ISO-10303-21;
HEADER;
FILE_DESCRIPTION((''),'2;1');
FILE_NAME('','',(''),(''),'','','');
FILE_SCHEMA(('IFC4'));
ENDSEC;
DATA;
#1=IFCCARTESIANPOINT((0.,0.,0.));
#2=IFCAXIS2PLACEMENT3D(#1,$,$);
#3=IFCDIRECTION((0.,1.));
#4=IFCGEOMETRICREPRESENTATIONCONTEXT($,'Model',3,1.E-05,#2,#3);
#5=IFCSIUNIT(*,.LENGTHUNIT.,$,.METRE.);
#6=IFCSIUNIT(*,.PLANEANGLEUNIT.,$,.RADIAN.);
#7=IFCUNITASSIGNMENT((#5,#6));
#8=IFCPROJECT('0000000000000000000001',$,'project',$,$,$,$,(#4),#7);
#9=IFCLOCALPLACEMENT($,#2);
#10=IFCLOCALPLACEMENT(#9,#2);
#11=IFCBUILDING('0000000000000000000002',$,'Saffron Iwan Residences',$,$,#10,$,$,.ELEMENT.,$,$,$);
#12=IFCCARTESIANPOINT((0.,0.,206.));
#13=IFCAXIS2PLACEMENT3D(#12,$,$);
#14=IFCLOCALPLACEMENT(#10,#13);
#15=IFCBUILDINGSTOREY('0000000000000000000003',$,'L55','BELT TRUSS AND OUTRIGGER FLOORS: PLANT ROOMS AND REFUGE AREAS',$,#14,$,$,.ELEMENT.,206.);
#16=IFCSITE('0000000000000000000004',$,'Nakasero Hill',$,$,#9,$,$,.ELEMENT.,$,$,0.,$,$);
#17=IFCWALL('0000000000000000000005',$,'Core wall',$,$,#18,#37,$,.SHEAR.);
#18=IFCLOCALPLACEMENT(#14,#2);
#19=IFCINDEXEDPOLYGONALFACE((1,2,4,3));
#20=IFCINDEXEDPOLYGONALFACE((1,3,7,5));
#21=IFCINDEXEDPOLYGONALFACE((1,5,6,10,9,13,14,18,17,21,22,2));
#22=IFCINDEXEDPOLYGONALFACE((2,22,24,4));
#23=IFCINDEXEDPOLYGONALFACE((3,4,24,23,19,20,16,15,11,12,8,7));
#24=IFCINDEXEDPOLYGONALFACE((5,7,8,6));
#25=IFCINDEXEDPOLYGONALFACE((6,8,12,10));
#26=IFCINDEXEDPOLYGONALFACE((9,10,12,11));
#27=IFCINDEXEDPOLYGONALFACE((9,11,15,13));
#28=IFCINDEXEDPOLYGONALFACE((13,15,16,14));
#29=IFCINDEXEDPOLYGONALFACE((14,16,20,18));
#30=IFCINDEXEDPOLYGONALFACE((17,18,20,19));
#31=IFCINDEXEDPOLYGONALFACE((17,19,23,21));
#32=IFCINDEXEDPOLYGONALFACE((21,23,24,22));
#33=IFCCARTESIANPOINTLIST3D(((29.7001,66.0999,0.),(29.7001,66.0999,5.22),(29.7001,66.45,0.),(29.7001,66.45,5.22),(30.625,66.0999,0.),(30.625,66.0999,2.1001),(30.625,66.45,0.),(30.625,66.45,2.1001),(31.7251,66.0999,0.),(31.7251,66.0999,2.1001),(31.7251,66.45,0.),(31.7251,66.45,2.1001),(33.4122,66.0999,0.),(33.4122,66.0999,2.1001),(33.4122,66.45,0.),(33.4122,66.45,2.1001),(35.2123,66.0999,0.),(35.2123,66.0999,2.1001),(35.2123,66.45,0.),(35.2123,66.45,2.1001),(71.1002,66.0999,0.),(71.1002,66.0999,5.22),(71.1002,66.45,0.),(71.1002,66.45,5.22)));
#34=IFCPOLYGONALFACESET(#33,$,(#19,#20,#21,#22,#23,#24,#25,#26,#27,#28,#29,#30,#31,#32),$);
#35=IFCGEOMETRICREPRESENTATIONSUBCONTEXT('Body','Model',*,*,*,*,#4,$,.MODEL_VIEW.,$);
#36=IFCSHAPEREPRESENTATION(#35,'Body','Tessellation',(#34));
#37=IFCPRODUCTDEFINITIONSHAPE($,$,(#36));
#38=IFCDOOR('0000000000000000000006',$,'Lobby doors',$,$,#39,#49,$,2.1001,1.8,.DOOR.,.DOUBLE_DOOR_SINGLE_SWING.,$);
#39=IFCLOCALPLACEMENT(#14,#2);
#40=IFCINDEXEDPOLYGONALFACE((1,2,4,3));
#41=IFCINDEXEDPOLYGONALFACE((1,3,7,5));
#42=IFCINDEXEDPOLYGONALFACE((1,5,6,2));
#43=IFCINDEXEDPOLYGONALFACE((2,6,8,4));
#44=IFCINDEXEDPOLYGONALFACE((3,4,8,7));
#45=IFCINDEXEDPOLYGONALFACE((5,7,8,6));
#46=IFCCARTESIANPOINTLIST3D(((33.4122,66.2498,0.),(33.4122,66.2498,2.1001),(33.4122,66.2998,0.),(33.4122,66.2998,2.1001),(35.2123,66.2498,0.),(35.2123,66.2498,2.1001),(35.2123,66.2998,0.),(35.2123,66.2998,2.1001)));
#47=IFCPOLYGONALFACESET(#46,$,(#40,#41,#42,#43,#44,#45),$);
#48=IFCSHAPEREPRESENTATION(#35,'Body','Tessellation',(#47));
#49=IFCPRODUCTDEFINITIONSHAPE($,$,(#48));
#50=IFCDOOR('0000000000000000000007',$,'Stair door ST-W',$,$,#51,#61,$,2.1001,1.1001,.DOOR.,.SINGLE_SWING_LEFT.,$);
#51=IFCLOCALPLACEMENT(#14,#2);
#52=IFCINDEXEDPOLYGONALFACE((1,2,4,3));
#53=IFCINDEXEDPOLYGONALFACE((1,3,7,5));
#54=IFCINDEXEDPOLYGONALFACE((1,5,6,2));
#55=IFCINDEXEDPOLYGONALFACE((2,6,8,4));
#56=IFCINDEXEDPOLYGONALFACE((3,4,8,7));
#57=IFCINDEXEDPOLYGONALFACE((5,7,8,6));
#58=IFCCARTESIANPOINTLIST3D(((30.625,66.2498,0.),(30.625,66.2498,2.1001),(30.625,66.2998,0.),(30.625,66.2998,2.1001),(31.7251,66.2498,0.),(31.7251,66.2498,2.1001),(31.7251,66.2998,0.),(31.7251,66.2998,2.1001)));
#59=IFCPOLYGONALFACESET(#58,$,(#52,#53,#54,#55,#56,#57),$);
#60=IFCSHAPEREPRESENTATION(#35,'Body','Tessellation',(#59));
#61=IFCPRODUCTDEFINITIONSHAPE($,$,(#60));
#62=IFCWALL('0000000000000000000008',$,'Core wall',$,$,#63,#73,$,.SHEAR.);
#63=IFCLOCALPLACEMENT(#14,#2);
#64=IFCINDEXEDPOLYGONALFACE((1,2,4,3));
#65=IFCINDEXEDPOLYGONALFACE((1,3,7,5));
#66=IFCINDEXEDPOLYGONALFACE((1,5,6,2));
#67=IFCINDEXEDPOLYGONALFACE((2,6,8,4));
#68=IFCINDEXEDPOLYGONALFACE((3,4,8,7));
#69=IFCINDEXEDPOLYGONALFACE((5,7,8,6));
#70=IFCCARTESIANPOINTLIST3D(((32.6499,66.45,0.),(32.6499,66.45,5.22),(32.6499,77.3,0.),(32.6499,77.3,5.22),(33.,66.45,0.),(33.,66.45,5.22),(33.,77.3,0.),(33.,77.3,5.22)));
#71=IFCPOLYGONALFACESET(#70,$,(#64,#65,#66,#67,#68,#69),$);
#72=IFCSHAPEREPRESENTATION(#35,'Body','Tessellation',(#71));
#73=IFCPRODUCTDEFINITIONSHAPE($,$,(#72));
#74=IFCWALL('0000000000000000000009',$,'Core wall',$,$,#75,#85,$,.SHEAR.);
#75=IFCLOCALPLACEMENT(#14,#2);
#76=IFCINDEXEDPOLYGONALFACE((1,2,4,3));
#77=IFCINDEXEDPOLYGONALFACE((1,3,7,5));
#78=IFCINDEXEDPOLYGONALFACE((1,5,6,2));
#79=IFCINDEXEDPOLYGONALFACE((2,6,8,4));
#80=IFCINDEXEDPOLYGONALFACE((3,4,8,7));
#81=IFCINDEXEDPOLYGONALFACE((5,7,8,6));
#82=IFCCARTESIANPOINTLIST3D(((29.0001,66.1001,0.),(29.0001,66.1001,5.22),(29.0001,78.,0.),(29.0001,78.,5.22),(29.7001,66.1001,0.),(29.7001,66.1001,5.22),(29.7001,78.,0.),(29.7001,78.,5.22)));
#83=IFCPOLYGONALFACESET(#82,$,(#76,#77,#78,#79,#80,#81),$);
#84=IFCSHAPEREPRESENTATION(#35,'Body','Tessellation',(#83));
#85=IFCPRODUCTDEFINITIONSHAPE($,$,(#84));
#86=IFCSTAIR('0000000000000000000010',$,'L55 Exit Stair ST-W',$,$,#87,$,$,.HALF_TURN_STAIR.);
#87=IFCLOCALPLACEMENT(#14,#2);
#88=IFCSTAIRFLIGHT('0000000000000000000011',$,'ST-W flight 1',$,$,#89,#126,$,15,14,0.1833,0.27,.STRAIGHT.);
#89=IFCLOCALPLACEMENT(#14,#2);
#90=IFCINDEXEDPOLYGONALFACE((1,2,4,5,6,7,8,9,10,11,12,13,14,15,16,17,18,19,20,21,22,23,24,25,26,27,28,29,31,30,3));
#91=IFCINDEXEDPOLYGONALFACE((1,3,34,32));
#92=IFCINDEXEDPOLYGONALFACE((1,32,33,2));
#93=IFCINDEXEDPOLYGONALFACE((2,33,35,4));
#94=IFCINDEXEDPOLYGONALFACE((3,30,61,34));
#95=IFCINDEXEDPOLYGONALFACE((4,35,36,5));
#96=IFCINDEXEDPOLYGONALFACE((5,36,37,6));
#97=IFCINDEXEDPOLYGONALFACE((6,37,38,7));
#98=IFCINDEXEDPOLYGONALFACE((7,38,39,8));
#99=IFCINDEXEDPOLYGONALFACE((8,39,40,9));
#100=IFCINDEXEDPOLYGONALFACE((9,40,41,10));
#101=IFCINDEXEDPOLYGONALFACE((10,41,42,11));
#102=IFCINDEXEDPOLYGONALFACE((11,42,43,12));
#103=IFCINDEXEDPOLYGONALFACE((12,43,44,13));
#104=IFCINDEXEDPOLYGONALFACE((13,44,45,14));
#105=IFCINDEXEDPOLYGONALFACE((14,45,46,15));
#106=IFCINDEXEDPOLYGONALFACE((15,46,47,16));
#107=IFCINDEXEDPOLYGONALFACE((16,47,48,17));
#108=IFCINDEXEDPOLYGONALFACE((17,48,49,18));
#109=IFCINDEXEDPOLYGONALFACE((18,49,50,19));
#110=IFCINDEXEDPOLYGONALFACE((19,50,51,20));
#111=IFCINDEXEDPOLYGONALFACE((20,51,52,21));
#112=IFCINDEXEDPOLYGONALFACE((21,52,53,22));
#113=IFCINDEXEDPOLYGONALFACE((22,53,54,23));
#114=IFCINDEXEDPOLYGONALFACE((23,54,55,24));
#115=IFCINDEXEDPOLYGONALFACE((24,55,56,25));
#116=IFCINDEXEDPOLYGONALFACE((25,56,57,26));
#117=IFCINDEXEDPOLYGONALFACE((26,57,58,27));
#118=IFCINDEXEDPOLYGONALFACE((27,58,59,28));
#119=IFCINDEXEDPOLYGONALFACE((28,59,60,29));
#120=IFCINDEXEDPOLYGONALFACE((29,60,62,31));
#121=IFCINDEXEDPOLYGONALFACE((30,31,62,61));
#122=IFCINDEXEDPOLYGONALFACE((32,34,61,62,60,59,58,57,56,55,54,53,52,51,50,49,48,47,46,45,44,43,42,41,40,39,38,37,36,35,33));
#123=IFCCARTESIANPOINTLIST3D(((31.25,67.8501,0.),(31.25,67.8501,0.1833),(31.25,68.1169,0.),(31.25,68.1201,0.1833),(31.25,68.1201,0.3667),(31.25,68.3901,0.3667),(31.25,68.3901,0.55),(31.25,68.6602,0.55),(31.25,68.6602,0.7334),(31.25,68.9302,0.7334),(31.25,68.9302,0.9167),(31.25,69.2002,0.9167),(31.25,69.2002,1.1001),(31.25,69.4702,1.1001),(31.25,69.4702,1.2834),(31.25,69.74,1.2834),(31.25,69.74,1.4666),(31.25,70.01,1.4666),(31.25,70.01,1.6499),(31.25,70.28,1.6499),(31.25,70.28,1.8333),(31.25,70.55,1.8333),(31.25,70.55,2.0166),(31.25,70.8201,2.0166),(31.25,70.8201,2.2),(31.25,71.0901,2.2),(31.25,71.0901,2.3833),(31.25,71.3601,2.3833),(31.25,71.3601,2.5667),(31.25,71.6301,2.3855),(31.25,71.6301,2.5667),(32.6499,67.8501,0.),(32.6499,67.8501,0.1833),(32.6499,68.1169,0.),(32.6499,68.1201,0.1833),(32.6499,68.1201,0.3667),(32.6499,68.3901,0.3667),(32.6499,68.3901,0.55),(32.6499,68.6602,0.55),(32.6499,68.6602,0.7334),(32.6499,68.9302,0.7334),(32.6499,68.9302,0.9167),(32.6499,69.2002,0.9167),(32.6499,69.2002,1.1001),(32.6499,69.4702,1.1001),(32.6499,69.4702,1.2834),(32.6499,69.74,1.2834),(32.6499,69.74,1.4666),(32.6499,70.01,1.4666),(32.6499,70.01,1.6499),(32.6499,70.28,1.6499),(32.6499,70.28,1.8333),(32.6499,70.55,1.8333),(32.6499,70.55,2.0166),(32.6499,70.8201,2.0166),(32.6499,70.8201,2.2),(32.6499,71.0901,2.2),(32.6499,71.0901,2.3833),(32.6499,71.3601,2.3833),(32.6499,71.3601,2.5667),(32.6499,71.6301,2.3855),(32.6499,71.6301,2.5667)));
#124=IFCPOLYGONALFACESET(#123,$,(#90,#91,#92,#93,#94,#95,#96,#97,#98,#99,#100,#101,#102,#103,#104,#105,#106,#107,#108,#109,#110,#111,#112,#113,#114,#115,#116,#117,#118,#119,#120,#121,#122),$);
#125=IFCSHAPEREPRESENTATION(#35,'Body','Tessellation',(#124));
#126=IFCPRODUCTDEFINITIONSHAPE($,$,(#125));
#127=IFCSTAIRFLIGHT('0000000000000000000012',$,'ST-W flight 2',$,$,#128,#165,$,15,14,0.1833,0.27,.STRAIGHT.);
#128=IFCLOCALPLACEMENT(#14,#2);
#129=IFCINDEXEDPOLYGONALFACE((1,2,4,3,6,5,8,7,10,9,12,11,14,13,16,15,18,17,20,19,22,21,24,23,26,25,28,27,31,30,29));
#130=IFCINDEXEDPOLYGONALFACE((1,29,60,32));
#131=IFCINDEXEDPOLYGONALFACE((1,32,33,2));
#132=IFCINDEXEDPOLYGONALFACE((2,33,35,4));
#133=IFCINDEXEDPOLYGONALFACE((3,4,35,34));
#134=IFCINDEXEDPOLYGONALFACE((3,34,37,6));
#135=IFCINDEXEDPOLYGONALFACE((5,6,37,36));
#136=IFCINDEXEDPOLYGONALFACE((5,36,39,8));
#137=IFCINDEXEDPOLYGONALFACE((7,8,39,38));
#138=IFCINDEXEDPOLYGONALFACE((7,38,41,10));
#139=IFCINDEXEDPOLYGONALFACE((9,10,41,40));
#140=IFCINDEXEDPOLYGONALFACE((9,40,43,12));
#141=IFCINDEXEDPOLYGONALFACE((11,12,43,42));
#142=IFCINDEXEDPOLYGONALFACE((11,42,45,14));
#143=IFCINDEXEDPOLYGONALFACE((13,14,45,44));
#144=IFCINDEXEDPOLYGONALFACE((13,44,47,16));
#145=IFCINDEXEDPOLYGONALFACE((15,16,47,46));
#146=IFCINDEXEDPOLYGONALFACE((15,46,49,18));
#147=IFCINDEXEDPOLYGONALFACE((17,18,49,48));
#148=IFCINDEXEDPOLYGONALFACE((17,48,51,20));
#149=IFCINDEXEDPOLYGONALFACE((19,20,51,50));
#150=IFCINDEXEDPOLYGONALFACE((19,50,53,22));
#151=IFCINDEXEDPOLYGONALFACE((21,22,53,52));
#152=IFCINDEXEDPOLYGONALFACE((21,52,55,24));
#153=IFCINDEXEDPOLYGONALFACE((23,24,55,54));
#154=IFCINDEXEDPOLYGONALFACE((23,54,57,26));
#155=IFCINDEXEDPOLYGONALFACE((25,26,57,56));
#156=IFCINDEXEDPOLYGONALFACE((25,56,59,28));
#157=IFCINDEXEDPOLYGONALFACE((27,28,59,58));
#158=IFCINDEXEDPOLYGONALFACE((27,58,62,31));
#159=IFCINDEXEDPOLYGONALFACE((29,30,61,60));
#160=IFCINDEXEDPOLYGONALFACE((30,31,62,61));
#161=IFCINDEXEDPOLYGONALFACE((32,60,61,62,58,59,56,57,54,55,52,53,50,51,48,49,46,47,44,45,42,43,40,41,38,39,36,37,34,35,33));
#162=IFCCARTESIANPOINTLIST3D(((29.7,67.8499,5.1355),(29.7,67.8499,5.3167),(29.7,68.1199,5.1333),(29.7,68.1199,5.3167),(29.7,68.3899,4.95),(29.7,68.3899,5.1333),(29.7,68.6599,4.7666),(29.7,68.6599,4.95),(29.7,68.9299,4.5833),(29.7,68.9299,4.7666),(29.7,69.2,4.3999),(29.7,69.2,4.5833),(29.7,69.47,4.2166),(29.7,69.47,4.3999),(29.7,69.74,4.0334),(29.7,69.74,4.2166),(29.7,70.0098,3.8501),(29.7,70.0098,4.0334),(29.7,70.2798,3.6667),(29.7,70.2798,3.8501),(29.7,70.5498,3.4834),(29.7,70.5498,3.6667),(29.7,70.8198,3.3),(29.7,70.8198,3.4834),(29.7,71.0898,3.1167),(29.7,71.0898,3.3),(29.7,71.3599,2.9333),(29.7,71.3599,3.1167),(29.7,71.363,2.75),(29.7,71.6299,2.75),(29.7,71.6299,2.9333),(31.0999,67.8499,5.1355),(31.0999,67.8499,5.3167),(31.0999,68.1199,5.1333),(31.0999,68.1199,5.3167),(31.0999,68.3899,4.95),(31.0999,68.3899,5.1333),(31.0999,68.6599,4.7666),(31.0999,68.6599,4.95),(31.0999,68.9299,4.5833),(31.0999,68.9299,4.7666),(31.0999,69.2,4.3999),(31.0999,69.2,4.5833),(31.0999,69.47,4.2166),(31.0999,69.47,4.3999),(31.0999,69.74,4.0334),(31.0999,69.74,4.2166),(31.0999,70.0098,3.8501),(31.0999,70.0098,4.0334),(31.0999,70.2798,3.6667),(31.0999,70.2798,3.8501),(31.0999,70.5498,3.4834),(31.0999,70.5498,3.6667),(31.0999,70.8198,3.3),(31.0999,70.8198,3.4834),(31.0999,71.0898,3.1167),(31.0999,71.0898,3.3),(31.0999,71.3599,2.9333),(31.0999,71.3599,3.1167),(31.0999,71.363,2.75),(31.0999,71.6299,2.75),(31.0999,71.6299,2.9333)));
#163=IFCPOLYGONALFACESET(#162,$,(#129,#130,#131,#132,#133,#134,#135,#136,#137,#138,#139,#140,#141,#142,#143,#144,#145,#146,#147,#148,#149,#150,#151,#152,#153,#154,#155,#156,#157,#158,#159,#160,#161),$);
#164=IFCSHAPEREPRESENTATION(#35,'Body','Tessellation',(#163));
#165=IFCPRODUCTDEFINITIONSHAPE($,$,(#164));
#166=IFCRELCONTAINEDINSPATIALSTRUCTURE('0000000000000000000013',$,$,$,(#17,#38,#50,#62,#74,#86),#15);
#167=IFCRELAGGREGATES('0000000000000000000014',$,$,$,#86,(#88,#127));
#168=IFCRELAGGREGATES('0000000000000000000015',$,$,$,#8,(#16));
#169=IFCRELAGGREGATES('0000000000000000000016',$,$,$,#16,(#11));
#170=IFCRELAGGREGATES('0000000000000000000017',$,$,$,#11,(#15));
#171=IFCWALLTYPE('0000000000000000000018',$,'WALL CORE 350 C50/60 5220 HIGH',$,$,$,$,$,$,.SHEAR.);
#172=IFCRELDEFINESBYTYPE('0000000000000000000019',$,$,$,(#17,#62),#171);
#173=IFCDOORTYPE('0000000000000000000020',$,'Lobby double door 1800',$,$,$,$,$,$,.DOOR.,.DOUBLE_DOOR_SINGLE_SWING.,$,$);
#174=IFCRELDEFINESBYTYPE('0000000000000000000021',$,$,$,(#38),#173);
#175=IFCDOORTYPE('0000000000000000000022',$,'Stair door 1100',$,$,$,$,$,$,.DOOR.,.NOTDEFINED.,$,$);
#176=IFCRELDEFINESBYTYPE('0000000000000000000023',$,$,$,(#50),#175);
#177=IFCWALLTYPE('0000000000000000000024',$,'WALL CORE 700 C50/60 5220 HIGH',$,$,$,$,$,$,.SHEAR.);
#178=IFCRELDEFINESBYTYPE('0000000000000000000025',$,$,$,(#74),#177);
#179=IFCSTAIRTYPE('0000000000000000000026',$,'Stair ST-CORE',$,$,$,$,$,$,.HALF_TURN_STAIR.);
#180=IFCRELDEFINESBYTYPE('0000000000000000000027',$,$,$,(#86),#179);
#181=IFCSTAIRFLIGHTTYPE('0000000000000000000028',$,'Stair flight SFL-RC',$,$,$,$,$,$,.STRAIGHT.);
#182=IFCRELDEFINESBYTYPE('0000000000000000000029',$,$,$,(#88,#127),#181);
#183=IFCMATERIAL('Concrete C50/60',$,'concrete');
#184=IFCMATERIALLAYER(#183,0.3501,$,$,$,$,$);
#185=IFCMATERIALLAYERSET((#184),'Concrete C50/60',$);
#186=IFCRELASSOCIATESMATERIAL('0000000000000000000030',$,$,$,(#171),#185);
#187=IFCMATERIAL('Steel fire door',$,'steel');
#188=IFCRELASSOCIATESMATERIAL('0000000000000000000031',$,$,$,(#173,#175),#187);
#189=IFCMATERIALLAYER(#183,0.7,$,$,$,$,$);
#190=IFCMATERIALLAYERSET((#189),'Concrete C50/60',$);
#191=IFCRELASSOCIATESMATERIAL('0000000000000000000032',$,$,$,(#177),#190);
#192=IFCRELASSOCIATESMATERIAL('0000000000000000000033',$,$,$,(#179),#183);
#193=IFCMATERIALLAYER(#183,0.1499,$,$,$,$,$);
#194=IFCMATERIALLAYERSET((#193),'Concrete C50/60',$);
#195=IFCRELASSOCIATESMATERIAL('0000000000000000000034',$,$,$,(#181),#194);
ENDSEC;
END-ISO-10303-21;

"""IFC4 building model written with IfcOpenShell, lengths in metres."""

from ifc_helpers import new_model, si_unit, direction, frame, frame_2d, origin, place, context, subcontext, project, spatial, polyline, rectangle, outline, extrude, material, layer, layer_set, type_object, element, fill, aggregate, save


model = new_model("IFC4")

# Units and contexts
model_context = context("Model", 3, precision=1e-05, world=origin(), true_north=direction((0.0, 1.0)))
body_context = subcontext(model_context, "Body", "Model", "MODEL_VIEW")
ifc_project = project(units=[si_unit("LENGTHUNIT", "METRE"), si_unit("PLANEANGLEUNIT", "RADIAN")], contexts=[model_context])

# Site, building, storey
site_placement = place(None, origin())
site = spatial("IfcSite", under=ifc_project, at=site_placement, Name="Nakasero Hill", CompositionType="ELEMENT", RefElevation=0.0)
building_placement = place(site_placement, origin())
building = spatial("IfcBuilding", under=site, at=building_placement, Name="Saffron Iwan Residences", CompositionType="ELEMENT")
storey_placement = place(building_placement, frame((0.0, 0.0, 206.0)))
storey = spatial("IfcBuildingStorey", under=building, at=storey_placement, Name="L55", Description="BELT TRUSS AND OUTRIGGER FLOORS: PLANT ROOMS AND REFUGE AREAS", CompositionType="ELEMENT", Elevation=206.0)

# Wall, openings, doors
ifc_material_1 = material(Name="Concrete C50/60", Category="concrete")
ifc_layer_1 = layer(ifc_material_1, 0.3501)
ifc_layer_set_1 = layer_set([ifc_layer_1], Name="Concrete C50/60")
wall_type_1 = type_object("IfcWallType", Name="WALL CORE 350 C50/60 5220 HIGH", PredefinedType="SHEAR", material=ifc_layer_set_1)
wall_1_placement = place(storey_placement, frame((29.7, 66.2749, 0.0), z_axis=(0.0, 0.0, 1.0), x_axis=(1.0, 0.0, 0.0)))
wall_1 = element("IfcWall", 1, at=wall_1_placement, inside=storey, type_object=wall_type_1, Name="Core wall", PredefinedType="SHEAR", context=body_context, shape_type="SweptSolid", body=[
    extrude(rectangle(XDim=41.4001, YDim=0.3501, at=frame_2d((20.7002, 0.0))), origin(), (0.0, 0.0, 1.0), 5.22),
])
opening_1_placement = place(wall_1_placement, frame((0.925, 0.0, 0.0)))
opening_1 = element("IfcOpeningElement", 2, at=opening_1_placement, cuts=wall_1, PredefinedType="OPENING", context=body_context, shape_type="SweptSolid", body=[
    extrude(rectangle(XDim=1.1001, YDim=2.1001, at=frame_2d((0.55, 1.05))), frame((0.0, 0.1851, 0.0), z_axis=(0.0, -1.0, 0.0), x_axis=(1.0, 0.0, 0.0)), (0.0, 0.0, 1.0), 0.3701),
])
opening_2_placement = place(wall_1_placement, frame((3.7124, 0.0, 0.0)))
opening_2 = element("IfcOpeningElement", 3, at=opening_2_placement, cuts=wall_1, PredefinedType="OPENING", context=body_context, shape_type="SweptSolid", body=[
    extrude(rectangle(XDim=1.8, YDim=2.1001, at=frame_2d((0.8999, 1.05))), frame((0.0, 0.1851, 0.0), z_axis=(0.0, -1.0, 0.0), x_axis=(1.0, 0.0, 0.0)), (0.0, 0.0, 1.0), 0.3701),
])
ifc_material_2 = material(Name="Steel fire door", Category="steel")
door_type_1 = type_object("IfcDoorType", Name="Lobby double door 1800", OperationType="DOUBLE_DOOR_SINGLE_SWING", PredefinedType="DOOR", material=ifc_material_2)
door_1_placement = place(opening_2_placement, origin())
door_1 = element("IfcDoor", 4, at=door_1_placement, inside=storey, type_object=door_type_1, Name="Lobby doors", OperationType="DOUBLE_DOOR_SINGLE_SWING", OverallHeight=2.1001, OverallWidth=1.8, PredefinedType="DOOR", context=body_context, shape_type="SweptSolid", body=[
    extrude(rectangle(XDim=1.8, YDim=2.1001, at=frame_2d((0.8999, 1.05))), frame((0.0, 0.0249, 0.0), z_axis=(0.0, -1.0, 0.0), x_axis=(1.0, 0.0, 0.0)), (0.0, 0.0, 1.0), 0.05),
])
fill(opening_2, door_1)
door_type_2 = type_object("IfcDoorType", Name="Stair door 1100", OperationType="NOTDEFINED", PredefinedType="DOOR", material=ifc_material_2)
door_2_placement = place(opening_1_placement, origin())
door_2 = element("IfcDoor", 5, at=door_2_placement, inside=storey, type_object=door_type_2, Name="Stair door ST-W", OperationType="SINGLE_SWING_LEFT", OverallHeight=2.1001, OverallWidth=1.1001, PredefinedType="DOOR", context=body_context, shape_type="SweptSolid", body=[
    extrude(rectangle(XDim=1.1001, YDim=2.1001, at=frame_2d((0.55, 1.05))), frame((0.0, 0.0249, 0.0), z_axis=(0.0, -1.0, 0.0), x_axis=(1.0, 0.0, 0.0)), (0.0, 0.0, 1.0), 0.05),
])
fill(opening_1, door_2)

# Walls
wall_2_placement = place(storey_placement, frame((32.825, 66.45, 0.0), z_axis=(0.0, 0.0, 1.0), x_axis=(0.0, 1.0, 0.0)))
element("IfcWall", 6, at=wall_2_placement, inside=storey, type_object=wall_type_1, Name="Core wall", PredefinedType="SHEAR", context=body_context, shape_type="SweptSolid", body=[
    extrude(rectangle(XDim=10.8501, YDim=0.3501, at=frame_2d((5.425, 0.0))), origin(), (0.0, 0.0, 1.0), 5.22),
])
ifc_layer_2 = layer(ifc_material_1, 0.7)
ifc_layer_set_2 = layer_set([ifc_layer_2], Name="Concrete C50/60")
wall_type_2 = type_object("IfcWallType", Name="WALL CORE 700 C50/60 5220 HIGH", PredefinedType="SHEAR", material=ifc_layer_set_2)
wall_3_placement = place(storey_placement, frame((29.3501, 66.1001, 0.0), z_axis=(0.0, 0.0, 1.0), x_axis=(0.0, 1.0, 0.0)))
element("IfcWall", 7, at=wall_3_placement, inside=storey, type_object=wall_type_2, Name="Core wall", PredefinedType="SHEAR", context=body_context, shape_type="SweptSolid", body=[
    extrude(rectangle(XDim=11.8999, YDim=0.7, at=frame_2d((5.95, 0.0))), origin(), (0.0, 0.0, 1.0), 5.22),
])

# Stair, stair flights
stair_type = type_object("IfcStairType", Name="Stair ST-CORE", PredefinedType="HALF_TURN_STAIR", material=ifc_material_1)
stair_placement = place(storey_placement, origin())
stair = element("IfcStair", 8, at=stair_placement, inside=storey, type_object=stair_type, Name="L55 Exit Stair ST-W", PredefinedType="HALF_TURN_STAIR")
ifc_layer_3 = layer(ifc_material_1, 0.1499)
ifc_layer_set_3 = layer_set([ifc_layer_3], Name="Concrete C50/60")
stair_flight_type = type_object("IfcStairFlightType", Name="Stair flight SFL-RC", PredefinedType="STRAIGHT", material=ifc_layer_set_3)
stair_flight_1_placement = place(storey_placement, frame((31.95, 67.8501, 0.0), z_axis=(0.0, 0.0, 1.0), x_axis=(0.0, 1.0, 0.0)))
stair_flight_1 = element("IfcStairFlight", 9, at=stair_flight_1_placement, type_object=stair_flight_type, Name="ST-W flight 1", NumberOfRisers=15, NumberOfTreads=14, PredefinedType="STRAIGHT", RiserHeight=0.1833, TreadLength=0.27, context=body_context, shape_type="SweptSolid", body=[
    extrude(outline(polyline([(0.0, 0.0), (0.0, 0.1833), (0.27, 0.1833), (0.27, 0.3667), (0.54, 0.3667), (0.54, 0.55), (0.8101, 0.55), (0.8101, 0.7334), (1.0801, 0.7334), (1.0801, 0.9167), (1.3501, 0.9167), (1.3501, 1.1001), (1.6201, 1.1001), (1.6201, 1.2834), (1.8899, 1.2834), (1.8899, 1.4666), (2.1599, 1.4666), (2.1599, 1.6499), (2.4299, 1.6499), (2.4299, 1.8333), (2.7, 1.8333), (2.7, 2.0166), (2.97, 2.0166), (2.97, 2.2), (3.24, 2.2), (3.24, 2.3833), (3.51, 2.3833), (3.51, 2.5667), (3.78, 2.5667), (3.78, 2.75), (3.78, 2.3855), (0.2668, 0.0), (0.0, 0.0)])), frame((0.0, 0.7, 0.0), z_axis=(0.0, -1.0, 0.0), x_axis=(1.0, 0.0, 0.0)), (0.0, 0.0, 1.0), 1.3999),
])
stair_flight_2_placement = place(storey_placement, frame((30.3999, 71.6299, 2.75), z_axis=(0.0, 0.0, 1.0), x_axis=(0.0, -1.0, 0.0)))
stair_flight_2 = element("IfcStairFlight", 10, at=stair_flight_2_placement, type_object=stair_flight_type, Name="ST-W flight 2", NumberOfRisers=15, NumberOfTreads=14, PredefinedType="STRAIGHT", RiserHeight=0.1833, TreadLength=0.27, context=body_context, shape_type="SweptSolid", body=[
    extrude(outline(polyline([(0.0, 0.0), (0.0, 0.1833), (0.27, 0.1833), (0.27, 0.3667), (0.54, 0.3667), (0.54, 0.55), (0.8101, 0.55), (0.8101, 0.7334), (1.0801, 0.7334), (1.0801, 0.9167), (1.3501, 0.9167), (1.3501, 1.1001), (1.6201, 1.1001), (1.6201, 1.2834), (1.8899, 1.2834), (1.8899, 1.4666), (2.1599, 1.4666), (2.1599, 1.6499), (2.4299, 1.6499), (2.4299, 1.8333), (2.7, 1.8333), (2.7, 2.0166), (2.97, 2.0166), (2.97, 2.2), (3.24, 2.2), (3.24, 2.3833), (3.51, 2.3833), (3.51, 2.5667), (3.78, 2.5667), (3.78, 2.75), (3.78, 2.3855), (0.2668, 0.0), (0.0, 0.0)])), frame((0.0, 0.7, 0.0), z_axis=(0.0, -1.0, 0.0), x_axis=(1.0, 0.0, 0.0)), (0.0, 0.0, 1.0), 1.3999),
])
aggregate(stair, [stair_flight_1, stair_flight_2])

save(model, "model.ifc")
